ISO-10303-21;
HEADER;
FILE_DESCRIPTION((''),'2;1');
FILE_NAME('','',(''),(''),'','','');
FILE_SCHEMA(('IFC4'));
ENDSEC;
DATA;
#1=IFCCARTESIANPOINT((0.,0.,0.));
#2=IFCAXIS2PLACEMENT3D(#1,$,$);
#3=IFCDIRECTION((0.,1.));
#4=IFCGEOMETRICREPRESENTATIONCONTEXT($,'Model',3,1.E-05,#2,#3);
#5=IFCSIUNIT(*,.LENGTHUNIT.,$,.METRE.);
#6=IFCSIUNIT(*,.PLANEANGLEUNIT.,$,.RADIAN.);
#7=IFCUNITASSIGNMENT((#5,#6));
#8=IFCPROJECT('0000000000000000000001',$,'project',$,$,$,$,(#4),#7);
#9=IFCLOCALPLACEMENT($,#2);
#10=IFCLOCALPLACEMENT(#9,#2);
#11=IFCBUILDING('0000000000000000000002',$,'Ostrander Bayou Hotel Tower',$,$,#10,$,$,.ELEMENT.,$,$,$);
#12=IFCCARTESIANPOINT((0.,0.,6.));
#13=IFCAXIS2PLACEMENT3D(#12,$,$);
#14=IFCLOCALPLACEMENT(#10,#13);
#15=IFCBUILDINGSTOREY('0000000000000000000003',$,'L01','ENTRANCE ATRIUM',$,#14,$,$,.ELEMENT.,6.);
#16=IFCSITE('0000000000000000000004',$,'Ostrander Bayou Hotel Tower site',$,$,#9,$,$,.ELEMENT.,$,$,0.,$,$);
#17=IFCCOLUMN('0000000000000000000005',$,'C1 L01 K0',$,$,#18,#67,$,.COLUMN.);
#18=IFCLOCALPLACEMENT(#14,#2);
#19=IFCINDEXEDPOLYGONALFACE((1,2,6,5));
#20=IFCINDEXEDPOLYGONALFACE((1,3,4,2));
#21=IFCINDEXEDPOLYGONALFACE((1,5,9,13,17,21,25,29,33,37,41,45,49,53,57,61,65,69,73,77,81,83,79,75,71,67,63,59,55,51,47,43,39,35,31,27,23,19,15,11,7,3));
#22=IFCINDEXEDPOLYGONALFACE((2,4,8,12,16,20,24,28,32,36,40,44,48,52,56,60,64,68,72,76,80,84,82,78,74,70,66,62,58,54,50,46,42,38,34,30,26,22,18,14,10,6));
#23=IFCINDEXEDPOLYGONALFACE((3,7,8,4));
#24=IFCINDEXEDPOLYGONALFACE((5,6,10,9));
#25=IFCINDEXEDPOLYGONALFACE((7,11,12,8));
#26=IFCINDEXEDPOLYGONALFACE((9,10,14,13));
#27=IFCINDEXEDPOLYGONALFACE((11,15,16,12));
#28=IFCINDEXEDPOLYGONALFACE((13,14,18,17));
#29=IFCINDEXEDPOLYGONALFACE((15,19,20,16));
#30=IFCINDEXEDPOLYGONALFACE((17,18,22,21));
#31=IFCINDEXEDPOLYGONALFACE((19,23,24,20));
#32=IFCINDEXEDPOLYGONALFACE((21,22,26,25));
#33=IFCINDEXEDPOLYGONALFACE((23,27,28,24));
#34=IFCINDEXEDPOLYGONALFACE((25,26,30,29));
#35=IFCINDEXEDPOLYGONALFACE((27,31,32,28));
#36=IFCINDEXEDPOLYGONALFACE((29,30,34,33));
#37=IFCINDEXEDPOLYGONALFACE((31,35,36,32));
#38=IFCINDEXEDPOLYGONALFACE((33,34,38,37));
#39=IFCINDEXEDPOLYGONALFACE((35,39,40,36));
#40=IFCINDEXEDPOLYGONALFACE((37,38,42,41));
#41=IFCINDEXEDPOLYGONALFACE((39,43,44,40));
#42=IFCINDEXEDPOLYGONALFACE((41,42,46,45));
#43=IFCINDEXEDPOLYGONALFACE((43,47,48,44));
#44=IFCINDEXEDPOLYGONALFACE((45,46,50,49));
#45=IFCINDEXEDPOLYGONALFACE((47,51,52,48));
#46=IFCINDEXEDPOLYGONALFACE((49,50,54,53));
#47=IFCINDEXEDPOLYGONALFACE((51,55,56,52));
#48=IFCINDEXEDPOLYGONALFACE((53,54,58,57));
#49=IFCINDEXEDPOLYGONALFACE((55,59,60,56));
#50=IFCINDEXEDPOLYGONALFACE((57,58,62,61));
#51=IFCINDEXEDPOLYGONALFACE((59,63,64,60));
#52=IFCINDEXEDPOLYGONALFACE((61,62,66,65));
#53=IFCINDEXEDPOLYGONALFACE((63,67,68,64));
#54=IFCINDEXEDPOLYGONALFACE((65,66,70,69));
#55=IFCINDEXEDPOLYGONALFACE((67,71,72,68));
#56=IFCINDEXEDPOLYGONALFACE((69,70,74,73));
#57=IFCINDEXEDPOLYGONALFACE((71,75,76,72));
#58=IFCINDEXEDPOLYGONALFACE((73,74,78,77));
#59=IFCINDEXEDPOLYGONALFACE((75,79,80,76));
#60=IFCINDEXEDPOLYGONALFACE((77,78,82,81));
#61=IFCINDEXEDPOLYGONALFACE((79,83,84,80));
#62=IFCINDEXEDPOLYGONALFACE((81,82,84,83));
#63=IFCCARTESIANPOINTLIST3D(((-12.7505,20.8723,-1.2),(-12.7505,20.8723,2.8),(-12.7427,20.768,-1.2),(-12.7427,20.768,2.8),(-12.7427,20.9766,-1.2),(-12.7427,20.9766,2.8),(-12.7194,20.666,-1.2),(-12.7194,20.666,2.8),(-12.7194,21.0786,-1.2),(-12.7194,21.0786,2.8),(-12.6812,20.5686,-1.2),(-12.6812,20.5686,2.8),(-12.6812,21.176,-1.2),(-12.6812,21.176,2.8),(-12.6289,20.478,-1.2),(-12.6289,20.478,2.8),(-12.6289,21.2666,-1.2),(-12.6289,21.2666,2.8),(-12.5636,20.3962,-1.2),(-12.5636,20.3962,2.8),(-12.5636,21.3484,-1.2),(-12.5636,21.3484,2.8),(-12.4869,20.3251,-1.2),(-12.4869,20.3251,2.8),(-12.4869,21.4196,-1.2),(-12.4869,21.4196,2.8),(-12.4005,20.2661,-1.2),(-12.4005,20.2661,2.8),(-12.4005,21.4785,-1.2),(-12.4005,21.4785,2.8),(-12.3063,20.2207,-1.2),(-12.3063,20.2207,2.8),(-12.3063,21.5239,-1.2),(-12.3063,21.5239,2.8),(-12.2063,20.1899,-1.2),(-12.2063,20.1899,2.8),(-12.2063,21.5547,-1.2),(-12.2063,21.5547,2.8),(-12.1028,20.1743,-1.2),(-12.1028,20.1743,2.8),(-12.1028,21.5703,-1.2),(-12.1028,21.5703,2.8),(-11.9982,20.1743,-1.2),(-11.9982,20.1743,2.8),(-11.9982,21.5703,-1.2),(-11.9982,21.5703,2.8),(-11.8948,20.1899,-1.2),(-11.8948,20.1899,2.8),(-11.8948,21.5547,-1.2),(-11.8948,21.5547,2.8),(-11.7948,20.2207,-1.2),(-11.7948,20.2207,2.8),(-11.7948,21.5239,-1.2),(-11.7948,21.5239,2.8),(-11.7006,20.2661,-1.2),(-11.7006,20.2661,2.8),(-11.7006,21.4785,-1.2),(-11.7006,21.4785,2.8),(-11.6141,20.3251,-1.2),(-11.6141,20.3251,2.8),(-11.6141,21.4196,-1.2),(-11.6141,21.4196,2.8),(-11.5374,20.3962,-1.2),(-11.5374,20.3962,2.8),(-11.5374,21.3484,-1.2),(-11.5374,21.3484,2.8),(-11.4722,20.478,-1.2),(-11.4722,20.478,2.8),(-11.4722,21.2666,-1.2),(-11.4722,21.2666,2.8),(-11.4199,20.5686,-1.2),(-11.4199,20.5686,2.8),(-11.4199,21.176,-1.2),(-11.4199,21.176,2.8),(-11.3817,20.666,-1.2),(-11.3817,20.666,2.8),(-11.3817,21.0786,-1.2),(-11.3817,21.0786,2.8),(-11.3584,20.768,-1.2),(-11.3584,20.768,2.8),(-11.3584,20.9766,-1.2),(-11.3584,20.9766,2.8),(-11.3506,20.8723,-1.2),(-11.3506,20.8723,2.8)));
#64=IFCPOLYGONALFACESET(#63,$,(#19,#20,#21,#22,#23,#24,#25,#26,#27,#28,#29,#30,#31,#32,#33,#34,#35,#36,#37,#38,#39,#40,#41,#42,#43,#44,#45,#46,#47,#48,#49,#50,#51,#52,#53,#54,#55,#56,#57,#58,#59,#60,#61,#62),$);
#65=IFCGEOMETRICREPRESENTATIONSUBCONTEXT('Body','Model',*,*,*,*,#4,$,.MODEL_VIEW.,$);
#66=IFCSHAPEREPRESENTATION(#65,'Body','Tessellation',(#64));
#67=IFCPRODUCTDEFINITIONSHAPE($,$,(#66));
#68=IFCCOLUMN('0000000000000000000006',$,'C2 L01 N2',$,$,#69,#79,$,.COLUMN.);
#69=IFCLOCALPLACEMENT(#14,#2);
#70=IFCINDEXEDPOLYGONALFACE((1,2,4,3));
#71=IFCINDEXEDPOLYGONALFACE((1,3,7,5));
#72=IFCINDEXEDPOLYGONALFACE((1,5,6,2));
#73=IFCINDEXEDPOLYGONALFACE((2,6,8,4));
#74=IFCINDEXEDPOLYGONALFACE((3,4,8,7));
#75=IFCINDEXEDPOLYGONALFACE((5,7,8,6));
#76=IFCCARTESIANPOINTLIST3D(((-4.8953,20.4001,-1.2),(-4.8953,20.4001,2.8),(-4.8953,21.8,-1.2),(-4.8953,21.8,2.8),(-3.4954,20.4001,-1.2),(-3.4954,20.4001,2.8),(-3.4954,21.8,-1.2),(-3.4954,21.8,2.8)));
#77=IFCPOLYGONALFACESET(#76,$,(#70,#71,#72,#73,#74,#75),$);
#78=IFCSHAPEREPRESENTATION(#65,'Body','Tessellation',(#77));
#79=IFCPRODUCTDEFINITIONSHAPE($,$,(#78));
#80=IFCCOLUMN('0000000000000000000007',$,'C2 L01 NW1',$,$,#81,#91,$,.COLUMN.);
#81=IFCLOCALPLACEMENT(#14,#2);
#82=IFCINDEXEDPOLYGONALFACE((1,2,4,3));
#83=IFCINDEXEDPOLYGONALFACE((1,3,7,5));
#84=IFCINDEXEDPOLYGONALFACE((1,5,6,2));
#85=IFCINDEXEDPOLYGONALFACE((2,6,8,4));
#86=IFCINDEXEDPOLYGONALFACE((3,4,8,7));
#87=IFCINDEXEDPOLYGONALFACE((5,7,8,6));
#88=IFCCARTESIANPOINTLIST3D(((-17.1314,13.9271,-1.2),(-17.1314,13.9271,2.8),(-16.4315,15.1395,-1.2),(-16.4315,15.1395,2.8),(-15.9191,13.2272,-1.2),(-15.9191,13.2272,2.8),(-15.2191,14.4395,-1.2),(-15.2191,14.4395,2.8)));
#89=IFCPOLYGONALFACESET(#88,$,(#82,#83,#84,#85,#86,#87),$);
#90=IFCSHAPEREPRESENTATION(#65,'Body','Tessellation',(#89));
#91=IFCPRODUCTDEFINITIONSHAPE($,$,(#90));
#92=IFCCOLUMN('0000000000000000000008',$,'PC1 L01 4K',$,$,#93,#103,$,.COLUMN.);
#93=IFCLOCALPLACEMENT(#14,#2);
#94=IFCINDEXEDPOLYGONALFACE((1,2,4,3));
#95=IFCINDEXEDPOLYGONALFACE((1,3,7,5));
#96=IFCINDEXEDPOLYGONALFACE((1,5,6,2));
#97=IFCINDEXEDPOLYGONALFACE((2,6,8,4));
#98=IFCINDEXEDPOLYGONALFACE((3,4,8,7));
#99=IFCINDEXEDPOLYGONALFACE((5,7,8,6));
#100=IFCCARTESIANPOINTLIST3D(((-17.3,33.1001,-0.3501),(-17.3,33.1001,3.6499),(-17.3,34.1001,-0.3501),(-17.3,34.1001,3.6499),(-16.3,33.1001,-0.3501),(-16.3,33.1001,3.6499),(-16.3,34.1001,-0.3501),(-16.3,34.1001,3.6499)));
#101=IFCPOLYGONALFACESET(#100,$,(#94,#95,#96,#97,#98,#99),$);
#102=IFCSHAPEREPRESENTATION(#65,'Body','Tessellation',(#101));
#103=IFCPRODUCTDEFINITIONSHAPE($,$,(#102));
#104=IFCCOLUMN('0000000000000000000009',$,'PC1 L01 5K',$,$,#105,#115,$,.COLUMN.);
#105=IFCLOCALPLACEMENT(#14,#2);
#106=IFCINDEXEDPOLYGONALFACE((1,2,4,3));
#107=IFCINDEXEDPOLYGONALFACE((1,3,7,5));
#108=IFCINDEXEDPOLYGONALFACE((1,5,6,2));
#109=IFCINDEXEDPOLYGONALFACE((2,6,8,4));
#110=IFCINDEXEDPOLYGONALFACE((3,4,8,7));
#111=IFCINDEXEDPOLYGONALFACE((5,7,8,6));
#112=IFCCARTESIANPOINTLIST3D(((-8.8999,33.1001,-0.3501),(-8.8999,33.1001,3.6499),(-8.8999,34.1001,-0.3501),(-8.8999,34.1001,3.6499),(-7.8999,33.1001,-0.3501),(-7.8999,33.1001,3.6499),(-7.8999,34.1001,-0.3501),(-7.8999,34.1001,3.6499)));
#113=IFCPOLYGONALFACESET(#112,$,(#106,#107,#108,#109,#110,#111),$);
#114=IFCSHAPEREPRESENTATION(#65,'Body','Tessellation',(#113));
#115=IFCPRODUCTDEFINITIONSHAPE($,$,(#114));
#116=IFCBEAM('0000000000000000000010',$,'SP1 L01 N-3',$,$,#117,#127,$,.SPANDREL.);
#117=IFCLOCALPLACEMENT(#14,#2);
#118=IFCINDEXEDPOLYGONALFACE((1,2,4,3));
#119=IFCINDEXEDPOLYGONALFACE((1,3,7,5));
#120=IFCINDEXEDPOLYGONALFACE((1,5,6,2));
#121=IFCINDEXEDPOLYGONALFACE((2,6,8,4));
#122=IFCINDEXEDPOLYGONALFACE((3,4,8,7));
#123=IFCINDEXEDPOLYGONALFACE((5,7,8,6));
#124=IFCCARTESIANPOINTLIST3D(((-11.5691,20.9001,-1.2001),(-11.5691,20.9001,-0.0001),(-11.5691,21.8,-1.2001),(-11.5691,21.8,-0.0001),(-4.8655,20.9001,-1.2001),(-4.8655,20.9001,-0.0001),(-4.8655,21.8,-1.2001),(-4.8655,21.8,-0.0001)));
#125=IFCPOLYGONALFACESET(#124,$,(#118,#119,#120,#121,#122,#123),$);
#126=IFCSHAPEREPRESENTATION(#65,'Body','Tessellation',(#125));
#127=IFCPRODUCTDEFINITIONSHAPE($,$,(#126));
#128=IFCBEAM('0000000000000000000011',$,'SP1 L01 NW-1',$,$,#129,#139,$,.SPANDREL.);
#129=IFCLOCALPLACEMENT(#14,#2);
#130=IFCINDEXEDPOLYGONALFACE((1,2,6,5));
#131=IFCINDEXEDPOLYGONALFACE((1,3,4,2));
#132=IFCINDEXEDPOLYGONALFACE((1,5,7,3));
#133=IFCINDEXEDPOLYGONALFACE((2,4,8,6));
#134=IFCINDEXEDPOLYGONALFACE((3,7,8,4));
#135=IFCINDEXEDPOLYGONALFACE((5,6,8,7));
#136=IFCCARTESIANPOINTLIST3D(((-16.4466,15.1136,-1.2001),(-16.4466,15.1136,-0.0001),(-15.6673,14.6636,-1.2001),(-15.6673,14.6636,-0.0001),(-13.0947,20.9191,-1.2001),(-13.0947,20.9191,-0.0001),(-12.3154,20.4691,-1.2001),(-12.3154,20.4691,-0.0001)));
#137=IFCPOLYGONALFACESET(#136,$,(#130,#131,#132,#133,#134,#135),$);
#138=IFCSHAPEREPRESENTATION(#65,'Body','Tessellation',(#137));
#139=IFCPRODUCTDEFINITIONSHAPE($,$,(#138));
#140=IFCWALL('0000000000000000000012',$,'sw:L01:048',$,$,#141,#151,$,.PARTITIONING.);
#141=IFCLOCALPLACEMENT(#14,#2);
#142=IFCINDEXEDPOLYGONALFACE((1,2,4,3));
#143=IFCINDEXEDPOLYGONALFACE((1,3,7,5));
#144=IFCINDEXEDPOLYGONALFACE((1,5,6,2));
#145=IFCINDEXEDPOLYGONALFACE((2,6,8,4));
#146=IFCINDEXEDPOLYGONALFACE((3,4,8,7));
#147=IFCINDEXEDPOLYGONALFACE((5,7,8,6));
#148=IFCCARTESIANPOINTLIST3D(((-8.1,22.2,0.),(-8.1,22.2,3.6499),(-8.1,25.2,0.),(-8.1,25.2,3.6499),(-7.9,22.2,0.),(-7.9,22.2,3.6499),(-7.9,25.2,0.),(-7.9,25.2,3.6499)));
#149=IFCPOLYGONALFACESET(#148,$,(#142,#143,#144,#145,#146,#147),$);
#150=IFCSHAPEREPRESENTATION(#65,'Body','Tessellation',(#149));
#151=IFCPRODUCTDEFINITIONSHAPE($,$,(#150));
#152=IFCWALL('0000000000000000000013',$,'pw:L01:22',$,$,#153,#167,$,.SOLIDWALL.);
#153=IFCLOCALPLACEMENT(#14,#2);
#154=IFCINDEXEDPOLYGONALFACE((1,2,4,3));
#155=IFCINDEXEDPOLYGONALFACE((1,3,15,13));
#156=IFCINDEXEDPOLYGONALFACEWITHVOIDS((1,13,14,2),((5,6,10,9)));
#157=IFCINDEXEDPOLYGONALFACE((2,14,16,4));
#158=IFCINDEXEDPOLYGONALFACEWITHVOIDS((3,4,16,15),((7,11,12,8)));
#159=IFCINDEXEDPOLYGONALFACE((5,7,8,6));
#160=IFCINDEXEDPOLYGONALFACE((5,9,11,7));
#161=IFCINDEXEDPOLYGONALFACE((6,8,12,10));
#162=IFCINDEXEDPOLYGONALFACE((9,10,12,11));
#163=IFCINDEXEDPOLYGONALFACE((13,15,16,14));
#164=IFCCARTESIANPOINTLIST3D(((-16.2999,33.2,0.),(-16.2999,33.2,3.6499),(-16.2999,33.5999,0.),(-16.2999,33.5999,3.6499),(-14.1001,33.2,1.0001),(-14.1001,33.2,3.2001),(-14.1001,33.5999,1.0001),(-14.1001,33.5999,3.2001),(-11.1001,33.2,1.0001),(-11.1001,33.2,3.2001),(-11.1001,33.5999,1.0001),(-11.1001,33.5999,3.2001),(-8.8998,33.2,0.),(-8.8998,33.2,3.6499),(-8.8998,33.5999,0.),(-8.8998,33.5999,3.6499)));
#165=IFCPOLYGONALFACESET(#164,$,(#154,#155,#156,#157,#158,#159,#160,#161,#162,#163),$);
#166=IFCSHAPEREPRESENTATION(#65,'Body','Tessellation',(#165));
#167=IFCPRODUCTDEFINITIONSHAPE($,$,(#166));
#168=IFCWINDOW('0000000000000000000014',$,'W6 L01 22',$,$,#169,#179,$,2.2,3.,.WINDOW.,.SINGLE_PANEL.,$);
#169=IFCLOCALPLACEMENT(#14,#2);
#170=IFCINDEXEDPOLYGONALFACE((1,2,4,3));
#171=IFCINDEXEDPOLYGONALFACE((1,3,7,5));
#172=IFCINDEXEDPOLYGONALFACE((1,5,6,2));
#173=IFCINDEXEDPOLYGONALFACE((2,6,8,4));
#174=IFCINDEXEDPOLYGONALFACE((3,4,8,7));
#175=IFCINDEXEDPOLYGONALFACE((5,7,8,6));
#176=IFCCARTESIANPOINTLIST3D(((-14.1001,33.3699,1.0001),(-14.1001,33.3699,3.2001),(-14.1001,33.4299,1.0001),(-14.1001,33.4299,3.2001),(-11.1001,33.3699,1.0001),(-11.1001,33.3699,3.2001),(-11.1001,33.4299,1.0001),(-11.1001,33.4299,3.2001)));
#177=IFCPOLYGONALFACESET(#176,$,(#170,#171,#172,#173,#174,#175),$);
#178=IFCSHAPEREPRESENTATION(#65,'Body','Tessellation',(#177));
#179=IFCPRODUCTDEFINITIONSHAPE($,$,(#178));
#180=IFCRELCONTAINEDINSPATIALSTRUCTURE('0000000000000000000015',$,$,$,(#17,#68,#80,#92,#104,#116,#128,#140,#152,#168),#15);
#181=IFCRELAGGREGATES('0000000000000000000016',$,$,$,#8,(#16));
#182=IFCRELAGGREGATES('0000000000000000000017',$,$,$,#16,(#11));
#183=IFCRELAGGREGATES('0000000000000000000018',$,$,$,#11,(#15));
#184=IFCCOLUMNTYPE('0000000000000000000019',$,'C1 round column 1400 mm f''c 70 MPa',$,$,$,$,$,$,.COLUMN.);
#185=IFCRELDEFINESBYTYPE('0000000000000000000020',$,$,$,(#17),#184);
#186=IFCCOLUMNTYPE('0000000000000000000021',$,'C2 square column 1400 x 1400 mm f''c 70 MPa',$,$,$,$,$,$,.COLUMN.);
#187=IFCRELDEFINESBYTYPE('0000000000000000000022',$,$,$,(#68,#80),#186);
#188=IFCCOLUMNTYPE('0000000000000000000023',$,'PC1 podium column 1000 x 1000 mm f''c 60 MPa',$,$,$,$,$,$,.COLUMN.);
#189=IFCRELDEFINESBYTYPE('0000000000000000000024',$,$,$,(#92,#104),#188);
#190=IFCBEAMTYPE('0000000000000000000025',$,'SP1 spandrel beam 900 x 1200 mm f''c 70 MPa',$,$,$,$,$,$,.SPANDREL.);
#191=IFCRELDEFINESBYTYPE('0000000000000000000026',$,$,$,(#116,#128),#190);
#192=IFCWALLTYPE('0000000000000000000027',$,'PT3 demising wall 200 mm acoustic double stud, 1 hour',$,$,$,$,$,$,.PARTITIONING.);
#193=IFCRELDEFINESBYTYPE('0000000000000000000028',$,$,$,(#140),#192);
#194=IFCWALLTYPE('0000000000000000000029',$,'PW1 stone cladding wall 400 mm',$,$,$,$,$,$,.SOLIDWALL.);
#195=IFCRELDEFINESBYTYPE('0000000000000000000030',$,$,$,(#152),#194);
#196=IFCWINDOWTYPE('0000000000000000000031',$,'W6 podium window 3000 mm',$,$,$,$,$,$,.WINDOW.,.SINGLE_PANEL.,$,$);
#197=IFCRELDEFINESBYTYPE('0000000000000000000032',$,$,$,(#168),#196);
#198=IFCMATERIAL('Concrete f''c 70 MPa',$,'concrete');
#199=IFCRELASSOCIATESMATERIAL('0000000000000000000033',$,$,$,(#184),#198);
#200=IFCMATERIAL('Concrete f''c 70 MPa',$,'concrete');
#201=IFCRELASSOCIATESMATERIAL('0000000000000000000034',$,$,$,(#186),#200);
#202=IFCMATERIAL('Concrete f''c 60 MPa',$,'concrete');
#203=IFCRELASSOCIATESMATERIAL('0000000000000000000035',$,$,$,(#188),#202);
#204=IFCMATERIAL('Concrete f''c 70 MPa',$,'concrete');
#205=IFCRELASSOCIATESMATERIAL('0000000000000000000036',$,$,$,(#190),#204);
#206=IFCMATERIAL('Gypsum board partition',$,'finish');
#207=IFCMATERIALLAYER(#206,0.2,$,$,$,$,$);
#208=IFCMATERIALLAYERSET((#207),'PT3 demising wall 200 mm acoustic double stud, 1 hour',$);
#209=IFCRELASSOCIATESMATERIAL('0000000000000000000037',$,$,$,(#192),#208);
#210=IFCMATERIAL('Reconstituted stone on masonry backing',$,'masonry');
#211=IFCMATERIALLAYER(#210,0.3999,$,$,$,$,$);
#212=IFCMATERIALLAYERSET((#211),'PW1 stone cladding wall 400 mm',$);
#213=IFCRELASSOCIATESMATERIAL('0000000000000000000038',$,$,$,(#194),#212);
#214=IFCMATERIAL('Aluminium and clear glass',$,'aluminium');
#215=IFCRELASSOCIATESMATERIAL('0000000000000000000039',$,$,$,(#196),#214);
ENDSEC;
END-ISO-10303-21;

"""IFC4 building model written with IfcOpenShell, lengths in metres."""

from ifc_helpers import new_model, si_unit, direction, frame, frame_2d, origin, origin_2d, place, context, subcontext, project, spatial, rectangle, circle, extrude, material, layer, layer_set, material_profile, profile_set, type_object, element, fill, save


model = new_model("IFC4")

# Units and contexts
model_context = context("Model", 3, precision=1e-05, world=origin(), true_north=direction((0.0, 1.0)))
body_context = subcontext(model_context, "Body", "Model", "MODEL_VIEW")
ifc_project = project(units=[si_unit("LENGTHUNIT", "METRE"), si_unit("PLANEANGLEUNIT", "RADIAN")], contexts=[model_context])

# Site, building, storey
site_placement = place(None, origin())
site = spatial("IfcSite", under=ifc_project, at=site_placement, Name="Ostrander Bayou Hotel Tower site", CompositionType="ELEMENT", RefElevation=0.0)
building_placement = place(site_placement, origin())
building = spatial("IfcBuilding", under=site, at=building_placement, Name="Ostrander Bayou Hotel Tower", CompositionType="ELEMENT")
storey_placement = place(building_placement, frame((0.0, 0.0, 6.0)))
storey = spatial("IfcBuildingStorey", under=building, at=storey_placement, Name="L01", Description="ENTRANCE ATRIUM", CompositionType="ELEMENT", Elevation=6.0)

# Columns
ifc_material_1 = material(Name="Concrete f'c 70 MPa", Category="concrete")
ifc_material_profile_1 = material_profile(ifc_material_1, circle(Radius=0.7, at=origin_2d()))
ifc_profile_set_1 = profile_set([ifc_material_profile_1], Name="Concrete f'c 70 MPa")
column_type_1 = type_object("IfcColumnType", Name="C1 round column 1400 mm f'c 70 MPa", PredefinedType="COLUMN", material=ifc_profile_set_1)
column_placement = place(storey_placement, frame((-12.0505, 20.8723, -1.2), z_axis=(0.0, 0.0, 1.0), x_axis=(1.0, 0.0, 0.0)))
element("IfcColumn", 1, at=column_placement, inside=storey, type_object=column_type_1, Name="C1 L01 K0", PredefinedType="COLUMN", context=body_context, shape_type="SweptSolid", body=[
    extrude(circle(Radius=0.7, at=origin_2d()), origin(), (0.0, 0.0, 1.0), 4.0),
])
ifc_material_2 = material(Name="Concrete f'c 70 MPa", Category="concrete")
ifc_material_profile_2 = material_profile(ifc_material_2, rectangle(XDim=1.3999, YDim=1.3999, at=origin_2d()))
ifc_profile_set_2 = profile_set([ifc_material_profile_2], Name="Concrete f'c 70 MPa")
column_type_2 = type_object("IfcColumnType", Name="C2 square column 1400 x 1400 mm f'c 70 MPa", PredefinedType="COLUMN", material=ifc_profile_set_2)
for number, where, z_axis, x_axis, name in (
    (2, (-4.1953, 21.1001, -1.2), (0.0, 0.0, 1.0), (1.0, 0.0, 0.0), "C2 L01 N2"),
    (3, (-16.1753, 14.1833, -1.2), (0.0, 0.0, 1.0), (0.5, 0.866025, 0.0), "C2 L01 NW1"),
):
    element("IfcColumn", number, at=place(storey_placement, frame(where, z_axis=z_axis, x_axis=x_axis)), inside=storey, type_object=column_type_2, Name=name, PredefinedType="COLUMN", context=body_context, shape_type="SweptSolid", body=[
        extrude(rectangle(XDim=1.3999, YDim=1.3999, at=origin_2d()), origin(), (0.0, 0.0, 1.0), 4.0),
    ])
ifc_material_3 = material(Name="Concrete f'c 60 MPa", Category="concrete")
ifc_material_profile_3 = material_profile(ifc_material_3, rectangle(XDim=1.0, YDim=1.0, at=origin_2d()))
ifc_profile_set_3 = profile_set([ifc_material_profile_3], Name="Concrete f'c 60 MPa")
column_type_3 = type_object("IfcColumnType", Name="PC1 podium column 1000 x 1000 mm f'c 60 MPa", PredefinedType="COLUMN", material=ifc_profile_set_3)
for number, where, z_axis, x_axis, name in (
    (4, (-16.8, 33.6001, -0.3501), (0.0, 0.0, 1.0), (1.0, 0.0, 0.0), "PC1 L01 4K"),
    (5, (-8.3999, 33.6001, -0.3501), (0.0, 0.0, 1.0), (1.0, 0.0, 0.0), "PC1 L01 5K"),
):
    element("IfcColumn", number, at=place(storey_placement, frame(where, z_axis=z_axis, x_axis=x_axis)), inside=storey, type_object=column_type_3, Name=name, PredefinedType="COLUMN", context=body_context, shape_type="SweptSolid", body=[
        extrude(rectangle(XDim=1.0, YDim=1.0, at=origin_2d()), origin(), (0.0, 0.0, 1.0), 4.0),
    ])

# Beams
ifc_material_4 = material(Name="Concrete f'c 70 MPa", Category="concrete")
ifc_material_profile_4 = material_profile(ifc_material_4, rectangle(XDim=0.8999, YDim=1.2, at=origin_2d()))
ifc_profile_set_4 = profile_set([ifc_material_profile_4], Name="Concrete f'c 70 MPa")
beam_type = type_object("IfcBeamType", Name="SP1 spandrel beam 900 x 1200 mm f'c 70 MPa", PredefinedType="SPANDREL", material=ifc_profile_set_4)
for number, where, z_axis, x_axis, name in (
    (6, (-4.8655, 21.3501, -0.6001), (-1.0, 0.0, 0.0), (0.0, -1.0, 0.0), "SP1 L01 N-3"),
    (7, (-12.7051, 20.6941, -0.6001), (-0.500005, -0.866022, 0.0), (0.866022, -0.500005, 0.0), "SP1 L01 NW-1"),
):
    element("IfcBeam", number, at=place(storey_placement, frame(where, z_axis=z_axis, x_axis=x_axis)), inside=storey, type_object=beam_type, Name=name, PredefinedType="SPANDREL", context=body_context, shape_type="SweptSolid", body=[
        extrude(rectangle(XDim=0.8999, YDim=1.2, at=origin_2d()), origin(), (0.0, 0.0, 1.0), 6.7036),
    ])

# Shared definitions
ifc_material_5 = material(Name="Gypsum board partition", Category="finish")
ifc_layer_1 = layer(ifc_material_5, 0.2)
ifc_layer_set_1 = layer_set([ifc_layer_1], Name="PT3 demising wall 200 mm acoustic double stud, 1 hour")
wall_type_1 = type_object("IfcWallType", Name="PT3 demising wall 200 mm acoustic double stud, 1 hour", PredefinedType="PARTITIONING", material=ifc_layer_set_1)

# Wall
wall_1_placement = place(storey_placement, frame((-8.0, 22.2, 0.0), z_axis=(0.0, 0.0, 1.0), x_axis=(0.0, 1.0, 0.0)))
element("IfcWall", 8, at=wall_1_placement, inside=storey, type_object=wall_type_1, Name="sw:L01:048", PredefinedType="PARTITIONING", context=body_context, shape_type="SweptSolid", body=[
    extrude(rectangle(XDim=3.0, YDim=0.2, at=frame_2d((1.5, 0.0))), origin(), (0.0, 0.0, 1.0), 3.6499),
])

# Wall, opening, window
ifc_material_6 = material(Name="Reconstituted stone on masonry backing", Category="masonry")
ifc_layer_2 = layer(ifc_material_6, 0.3999)
ifc_layer_set_2 = layer_set([ifc_layer_2], Name="PW1 stone cladding wall 400 mm")
wall_type_2 = type_object("IfcWallType", Name="PW1 stone cladding wall 400 mm", PredefinedType="SOLIDWALL", material=ifc_layer_set_2)
wall_2_placement = place(storey_placement, frame((-16.3, 33.3999, 0.0), z_axis=(0.0, 0.0, 1.0), x_axis=(1.0, 0.0, 0.0)))
wall_2 = element("IfcWall", 9, at=wall_2_placement, inside=storey, type_object=wall_type_2, Name="pw:L01:22", PredefinedType="SOLIDWALL", context=body_context, shape_type="SweptSolid", body=[
    extrude(rectangle(XDim=7.4001, YDim=0.3999, at=frame_2d((3.7002, 0.0))), origin(), (0.0, 0.0, 1.0), 3.6499),
])
opening_1_placement = place(wall_2_placement, frame((2.2, 0.0, 1.0)))
opening_1 = element("IfcOpeningElement", 10, at=opening_1_placement, cuts=wall_2, PredefinedType="OPENING", context=body_context, shape_type="SweptSolid", body=[
    extrude(rectangle(XDim=3.0, YDim=2.2, at=frame_2d((1.5, 1.1001))), frame((0.0, 0.2, 0.0), z_axis=(0.0, -1.0, 0.0), x_axis=(1.0, 0.0, 0.0)), (0.0, 0.0, 1.0), 0.3999),
])
ifc_material_7 = material(Name="Aluminium and clear glass", Category="aluminium")
window_type = type_object("IfcWindowType", Name="W6 podium window 3000 mm", PartitioningType="SINGLE_PANEL", PredefinedType="WINDOW", material=ifc_material_7)
window_1_placement = place(opening_1_placement, origin())
window_1 = element("IfcWindow", 11, at=window_1_placement, inside=storey, type_object=window_type, Name="W6 L01 22", OverallHeight=2.2, OverallWidth=3.0, PartitioningType="SINGLE_PANEL", PredefinedType="WINDOW", context=body_context, shape_type="SweptSolid", body=[
    extrude(rectangle(XDim=3.0, YDim=2.2, at=frame_2d((1.5, 1.1001))), frame((0.0, 0.03, 0.0), z_axis=(0.0, -1.0, 0.0), x_axis=(1.0, 0.0, 0.0)), (0.0, 0.0, 1.0), 0.0601),
])
fill(opening_1, window_1)

save(model, "model.ifc")
